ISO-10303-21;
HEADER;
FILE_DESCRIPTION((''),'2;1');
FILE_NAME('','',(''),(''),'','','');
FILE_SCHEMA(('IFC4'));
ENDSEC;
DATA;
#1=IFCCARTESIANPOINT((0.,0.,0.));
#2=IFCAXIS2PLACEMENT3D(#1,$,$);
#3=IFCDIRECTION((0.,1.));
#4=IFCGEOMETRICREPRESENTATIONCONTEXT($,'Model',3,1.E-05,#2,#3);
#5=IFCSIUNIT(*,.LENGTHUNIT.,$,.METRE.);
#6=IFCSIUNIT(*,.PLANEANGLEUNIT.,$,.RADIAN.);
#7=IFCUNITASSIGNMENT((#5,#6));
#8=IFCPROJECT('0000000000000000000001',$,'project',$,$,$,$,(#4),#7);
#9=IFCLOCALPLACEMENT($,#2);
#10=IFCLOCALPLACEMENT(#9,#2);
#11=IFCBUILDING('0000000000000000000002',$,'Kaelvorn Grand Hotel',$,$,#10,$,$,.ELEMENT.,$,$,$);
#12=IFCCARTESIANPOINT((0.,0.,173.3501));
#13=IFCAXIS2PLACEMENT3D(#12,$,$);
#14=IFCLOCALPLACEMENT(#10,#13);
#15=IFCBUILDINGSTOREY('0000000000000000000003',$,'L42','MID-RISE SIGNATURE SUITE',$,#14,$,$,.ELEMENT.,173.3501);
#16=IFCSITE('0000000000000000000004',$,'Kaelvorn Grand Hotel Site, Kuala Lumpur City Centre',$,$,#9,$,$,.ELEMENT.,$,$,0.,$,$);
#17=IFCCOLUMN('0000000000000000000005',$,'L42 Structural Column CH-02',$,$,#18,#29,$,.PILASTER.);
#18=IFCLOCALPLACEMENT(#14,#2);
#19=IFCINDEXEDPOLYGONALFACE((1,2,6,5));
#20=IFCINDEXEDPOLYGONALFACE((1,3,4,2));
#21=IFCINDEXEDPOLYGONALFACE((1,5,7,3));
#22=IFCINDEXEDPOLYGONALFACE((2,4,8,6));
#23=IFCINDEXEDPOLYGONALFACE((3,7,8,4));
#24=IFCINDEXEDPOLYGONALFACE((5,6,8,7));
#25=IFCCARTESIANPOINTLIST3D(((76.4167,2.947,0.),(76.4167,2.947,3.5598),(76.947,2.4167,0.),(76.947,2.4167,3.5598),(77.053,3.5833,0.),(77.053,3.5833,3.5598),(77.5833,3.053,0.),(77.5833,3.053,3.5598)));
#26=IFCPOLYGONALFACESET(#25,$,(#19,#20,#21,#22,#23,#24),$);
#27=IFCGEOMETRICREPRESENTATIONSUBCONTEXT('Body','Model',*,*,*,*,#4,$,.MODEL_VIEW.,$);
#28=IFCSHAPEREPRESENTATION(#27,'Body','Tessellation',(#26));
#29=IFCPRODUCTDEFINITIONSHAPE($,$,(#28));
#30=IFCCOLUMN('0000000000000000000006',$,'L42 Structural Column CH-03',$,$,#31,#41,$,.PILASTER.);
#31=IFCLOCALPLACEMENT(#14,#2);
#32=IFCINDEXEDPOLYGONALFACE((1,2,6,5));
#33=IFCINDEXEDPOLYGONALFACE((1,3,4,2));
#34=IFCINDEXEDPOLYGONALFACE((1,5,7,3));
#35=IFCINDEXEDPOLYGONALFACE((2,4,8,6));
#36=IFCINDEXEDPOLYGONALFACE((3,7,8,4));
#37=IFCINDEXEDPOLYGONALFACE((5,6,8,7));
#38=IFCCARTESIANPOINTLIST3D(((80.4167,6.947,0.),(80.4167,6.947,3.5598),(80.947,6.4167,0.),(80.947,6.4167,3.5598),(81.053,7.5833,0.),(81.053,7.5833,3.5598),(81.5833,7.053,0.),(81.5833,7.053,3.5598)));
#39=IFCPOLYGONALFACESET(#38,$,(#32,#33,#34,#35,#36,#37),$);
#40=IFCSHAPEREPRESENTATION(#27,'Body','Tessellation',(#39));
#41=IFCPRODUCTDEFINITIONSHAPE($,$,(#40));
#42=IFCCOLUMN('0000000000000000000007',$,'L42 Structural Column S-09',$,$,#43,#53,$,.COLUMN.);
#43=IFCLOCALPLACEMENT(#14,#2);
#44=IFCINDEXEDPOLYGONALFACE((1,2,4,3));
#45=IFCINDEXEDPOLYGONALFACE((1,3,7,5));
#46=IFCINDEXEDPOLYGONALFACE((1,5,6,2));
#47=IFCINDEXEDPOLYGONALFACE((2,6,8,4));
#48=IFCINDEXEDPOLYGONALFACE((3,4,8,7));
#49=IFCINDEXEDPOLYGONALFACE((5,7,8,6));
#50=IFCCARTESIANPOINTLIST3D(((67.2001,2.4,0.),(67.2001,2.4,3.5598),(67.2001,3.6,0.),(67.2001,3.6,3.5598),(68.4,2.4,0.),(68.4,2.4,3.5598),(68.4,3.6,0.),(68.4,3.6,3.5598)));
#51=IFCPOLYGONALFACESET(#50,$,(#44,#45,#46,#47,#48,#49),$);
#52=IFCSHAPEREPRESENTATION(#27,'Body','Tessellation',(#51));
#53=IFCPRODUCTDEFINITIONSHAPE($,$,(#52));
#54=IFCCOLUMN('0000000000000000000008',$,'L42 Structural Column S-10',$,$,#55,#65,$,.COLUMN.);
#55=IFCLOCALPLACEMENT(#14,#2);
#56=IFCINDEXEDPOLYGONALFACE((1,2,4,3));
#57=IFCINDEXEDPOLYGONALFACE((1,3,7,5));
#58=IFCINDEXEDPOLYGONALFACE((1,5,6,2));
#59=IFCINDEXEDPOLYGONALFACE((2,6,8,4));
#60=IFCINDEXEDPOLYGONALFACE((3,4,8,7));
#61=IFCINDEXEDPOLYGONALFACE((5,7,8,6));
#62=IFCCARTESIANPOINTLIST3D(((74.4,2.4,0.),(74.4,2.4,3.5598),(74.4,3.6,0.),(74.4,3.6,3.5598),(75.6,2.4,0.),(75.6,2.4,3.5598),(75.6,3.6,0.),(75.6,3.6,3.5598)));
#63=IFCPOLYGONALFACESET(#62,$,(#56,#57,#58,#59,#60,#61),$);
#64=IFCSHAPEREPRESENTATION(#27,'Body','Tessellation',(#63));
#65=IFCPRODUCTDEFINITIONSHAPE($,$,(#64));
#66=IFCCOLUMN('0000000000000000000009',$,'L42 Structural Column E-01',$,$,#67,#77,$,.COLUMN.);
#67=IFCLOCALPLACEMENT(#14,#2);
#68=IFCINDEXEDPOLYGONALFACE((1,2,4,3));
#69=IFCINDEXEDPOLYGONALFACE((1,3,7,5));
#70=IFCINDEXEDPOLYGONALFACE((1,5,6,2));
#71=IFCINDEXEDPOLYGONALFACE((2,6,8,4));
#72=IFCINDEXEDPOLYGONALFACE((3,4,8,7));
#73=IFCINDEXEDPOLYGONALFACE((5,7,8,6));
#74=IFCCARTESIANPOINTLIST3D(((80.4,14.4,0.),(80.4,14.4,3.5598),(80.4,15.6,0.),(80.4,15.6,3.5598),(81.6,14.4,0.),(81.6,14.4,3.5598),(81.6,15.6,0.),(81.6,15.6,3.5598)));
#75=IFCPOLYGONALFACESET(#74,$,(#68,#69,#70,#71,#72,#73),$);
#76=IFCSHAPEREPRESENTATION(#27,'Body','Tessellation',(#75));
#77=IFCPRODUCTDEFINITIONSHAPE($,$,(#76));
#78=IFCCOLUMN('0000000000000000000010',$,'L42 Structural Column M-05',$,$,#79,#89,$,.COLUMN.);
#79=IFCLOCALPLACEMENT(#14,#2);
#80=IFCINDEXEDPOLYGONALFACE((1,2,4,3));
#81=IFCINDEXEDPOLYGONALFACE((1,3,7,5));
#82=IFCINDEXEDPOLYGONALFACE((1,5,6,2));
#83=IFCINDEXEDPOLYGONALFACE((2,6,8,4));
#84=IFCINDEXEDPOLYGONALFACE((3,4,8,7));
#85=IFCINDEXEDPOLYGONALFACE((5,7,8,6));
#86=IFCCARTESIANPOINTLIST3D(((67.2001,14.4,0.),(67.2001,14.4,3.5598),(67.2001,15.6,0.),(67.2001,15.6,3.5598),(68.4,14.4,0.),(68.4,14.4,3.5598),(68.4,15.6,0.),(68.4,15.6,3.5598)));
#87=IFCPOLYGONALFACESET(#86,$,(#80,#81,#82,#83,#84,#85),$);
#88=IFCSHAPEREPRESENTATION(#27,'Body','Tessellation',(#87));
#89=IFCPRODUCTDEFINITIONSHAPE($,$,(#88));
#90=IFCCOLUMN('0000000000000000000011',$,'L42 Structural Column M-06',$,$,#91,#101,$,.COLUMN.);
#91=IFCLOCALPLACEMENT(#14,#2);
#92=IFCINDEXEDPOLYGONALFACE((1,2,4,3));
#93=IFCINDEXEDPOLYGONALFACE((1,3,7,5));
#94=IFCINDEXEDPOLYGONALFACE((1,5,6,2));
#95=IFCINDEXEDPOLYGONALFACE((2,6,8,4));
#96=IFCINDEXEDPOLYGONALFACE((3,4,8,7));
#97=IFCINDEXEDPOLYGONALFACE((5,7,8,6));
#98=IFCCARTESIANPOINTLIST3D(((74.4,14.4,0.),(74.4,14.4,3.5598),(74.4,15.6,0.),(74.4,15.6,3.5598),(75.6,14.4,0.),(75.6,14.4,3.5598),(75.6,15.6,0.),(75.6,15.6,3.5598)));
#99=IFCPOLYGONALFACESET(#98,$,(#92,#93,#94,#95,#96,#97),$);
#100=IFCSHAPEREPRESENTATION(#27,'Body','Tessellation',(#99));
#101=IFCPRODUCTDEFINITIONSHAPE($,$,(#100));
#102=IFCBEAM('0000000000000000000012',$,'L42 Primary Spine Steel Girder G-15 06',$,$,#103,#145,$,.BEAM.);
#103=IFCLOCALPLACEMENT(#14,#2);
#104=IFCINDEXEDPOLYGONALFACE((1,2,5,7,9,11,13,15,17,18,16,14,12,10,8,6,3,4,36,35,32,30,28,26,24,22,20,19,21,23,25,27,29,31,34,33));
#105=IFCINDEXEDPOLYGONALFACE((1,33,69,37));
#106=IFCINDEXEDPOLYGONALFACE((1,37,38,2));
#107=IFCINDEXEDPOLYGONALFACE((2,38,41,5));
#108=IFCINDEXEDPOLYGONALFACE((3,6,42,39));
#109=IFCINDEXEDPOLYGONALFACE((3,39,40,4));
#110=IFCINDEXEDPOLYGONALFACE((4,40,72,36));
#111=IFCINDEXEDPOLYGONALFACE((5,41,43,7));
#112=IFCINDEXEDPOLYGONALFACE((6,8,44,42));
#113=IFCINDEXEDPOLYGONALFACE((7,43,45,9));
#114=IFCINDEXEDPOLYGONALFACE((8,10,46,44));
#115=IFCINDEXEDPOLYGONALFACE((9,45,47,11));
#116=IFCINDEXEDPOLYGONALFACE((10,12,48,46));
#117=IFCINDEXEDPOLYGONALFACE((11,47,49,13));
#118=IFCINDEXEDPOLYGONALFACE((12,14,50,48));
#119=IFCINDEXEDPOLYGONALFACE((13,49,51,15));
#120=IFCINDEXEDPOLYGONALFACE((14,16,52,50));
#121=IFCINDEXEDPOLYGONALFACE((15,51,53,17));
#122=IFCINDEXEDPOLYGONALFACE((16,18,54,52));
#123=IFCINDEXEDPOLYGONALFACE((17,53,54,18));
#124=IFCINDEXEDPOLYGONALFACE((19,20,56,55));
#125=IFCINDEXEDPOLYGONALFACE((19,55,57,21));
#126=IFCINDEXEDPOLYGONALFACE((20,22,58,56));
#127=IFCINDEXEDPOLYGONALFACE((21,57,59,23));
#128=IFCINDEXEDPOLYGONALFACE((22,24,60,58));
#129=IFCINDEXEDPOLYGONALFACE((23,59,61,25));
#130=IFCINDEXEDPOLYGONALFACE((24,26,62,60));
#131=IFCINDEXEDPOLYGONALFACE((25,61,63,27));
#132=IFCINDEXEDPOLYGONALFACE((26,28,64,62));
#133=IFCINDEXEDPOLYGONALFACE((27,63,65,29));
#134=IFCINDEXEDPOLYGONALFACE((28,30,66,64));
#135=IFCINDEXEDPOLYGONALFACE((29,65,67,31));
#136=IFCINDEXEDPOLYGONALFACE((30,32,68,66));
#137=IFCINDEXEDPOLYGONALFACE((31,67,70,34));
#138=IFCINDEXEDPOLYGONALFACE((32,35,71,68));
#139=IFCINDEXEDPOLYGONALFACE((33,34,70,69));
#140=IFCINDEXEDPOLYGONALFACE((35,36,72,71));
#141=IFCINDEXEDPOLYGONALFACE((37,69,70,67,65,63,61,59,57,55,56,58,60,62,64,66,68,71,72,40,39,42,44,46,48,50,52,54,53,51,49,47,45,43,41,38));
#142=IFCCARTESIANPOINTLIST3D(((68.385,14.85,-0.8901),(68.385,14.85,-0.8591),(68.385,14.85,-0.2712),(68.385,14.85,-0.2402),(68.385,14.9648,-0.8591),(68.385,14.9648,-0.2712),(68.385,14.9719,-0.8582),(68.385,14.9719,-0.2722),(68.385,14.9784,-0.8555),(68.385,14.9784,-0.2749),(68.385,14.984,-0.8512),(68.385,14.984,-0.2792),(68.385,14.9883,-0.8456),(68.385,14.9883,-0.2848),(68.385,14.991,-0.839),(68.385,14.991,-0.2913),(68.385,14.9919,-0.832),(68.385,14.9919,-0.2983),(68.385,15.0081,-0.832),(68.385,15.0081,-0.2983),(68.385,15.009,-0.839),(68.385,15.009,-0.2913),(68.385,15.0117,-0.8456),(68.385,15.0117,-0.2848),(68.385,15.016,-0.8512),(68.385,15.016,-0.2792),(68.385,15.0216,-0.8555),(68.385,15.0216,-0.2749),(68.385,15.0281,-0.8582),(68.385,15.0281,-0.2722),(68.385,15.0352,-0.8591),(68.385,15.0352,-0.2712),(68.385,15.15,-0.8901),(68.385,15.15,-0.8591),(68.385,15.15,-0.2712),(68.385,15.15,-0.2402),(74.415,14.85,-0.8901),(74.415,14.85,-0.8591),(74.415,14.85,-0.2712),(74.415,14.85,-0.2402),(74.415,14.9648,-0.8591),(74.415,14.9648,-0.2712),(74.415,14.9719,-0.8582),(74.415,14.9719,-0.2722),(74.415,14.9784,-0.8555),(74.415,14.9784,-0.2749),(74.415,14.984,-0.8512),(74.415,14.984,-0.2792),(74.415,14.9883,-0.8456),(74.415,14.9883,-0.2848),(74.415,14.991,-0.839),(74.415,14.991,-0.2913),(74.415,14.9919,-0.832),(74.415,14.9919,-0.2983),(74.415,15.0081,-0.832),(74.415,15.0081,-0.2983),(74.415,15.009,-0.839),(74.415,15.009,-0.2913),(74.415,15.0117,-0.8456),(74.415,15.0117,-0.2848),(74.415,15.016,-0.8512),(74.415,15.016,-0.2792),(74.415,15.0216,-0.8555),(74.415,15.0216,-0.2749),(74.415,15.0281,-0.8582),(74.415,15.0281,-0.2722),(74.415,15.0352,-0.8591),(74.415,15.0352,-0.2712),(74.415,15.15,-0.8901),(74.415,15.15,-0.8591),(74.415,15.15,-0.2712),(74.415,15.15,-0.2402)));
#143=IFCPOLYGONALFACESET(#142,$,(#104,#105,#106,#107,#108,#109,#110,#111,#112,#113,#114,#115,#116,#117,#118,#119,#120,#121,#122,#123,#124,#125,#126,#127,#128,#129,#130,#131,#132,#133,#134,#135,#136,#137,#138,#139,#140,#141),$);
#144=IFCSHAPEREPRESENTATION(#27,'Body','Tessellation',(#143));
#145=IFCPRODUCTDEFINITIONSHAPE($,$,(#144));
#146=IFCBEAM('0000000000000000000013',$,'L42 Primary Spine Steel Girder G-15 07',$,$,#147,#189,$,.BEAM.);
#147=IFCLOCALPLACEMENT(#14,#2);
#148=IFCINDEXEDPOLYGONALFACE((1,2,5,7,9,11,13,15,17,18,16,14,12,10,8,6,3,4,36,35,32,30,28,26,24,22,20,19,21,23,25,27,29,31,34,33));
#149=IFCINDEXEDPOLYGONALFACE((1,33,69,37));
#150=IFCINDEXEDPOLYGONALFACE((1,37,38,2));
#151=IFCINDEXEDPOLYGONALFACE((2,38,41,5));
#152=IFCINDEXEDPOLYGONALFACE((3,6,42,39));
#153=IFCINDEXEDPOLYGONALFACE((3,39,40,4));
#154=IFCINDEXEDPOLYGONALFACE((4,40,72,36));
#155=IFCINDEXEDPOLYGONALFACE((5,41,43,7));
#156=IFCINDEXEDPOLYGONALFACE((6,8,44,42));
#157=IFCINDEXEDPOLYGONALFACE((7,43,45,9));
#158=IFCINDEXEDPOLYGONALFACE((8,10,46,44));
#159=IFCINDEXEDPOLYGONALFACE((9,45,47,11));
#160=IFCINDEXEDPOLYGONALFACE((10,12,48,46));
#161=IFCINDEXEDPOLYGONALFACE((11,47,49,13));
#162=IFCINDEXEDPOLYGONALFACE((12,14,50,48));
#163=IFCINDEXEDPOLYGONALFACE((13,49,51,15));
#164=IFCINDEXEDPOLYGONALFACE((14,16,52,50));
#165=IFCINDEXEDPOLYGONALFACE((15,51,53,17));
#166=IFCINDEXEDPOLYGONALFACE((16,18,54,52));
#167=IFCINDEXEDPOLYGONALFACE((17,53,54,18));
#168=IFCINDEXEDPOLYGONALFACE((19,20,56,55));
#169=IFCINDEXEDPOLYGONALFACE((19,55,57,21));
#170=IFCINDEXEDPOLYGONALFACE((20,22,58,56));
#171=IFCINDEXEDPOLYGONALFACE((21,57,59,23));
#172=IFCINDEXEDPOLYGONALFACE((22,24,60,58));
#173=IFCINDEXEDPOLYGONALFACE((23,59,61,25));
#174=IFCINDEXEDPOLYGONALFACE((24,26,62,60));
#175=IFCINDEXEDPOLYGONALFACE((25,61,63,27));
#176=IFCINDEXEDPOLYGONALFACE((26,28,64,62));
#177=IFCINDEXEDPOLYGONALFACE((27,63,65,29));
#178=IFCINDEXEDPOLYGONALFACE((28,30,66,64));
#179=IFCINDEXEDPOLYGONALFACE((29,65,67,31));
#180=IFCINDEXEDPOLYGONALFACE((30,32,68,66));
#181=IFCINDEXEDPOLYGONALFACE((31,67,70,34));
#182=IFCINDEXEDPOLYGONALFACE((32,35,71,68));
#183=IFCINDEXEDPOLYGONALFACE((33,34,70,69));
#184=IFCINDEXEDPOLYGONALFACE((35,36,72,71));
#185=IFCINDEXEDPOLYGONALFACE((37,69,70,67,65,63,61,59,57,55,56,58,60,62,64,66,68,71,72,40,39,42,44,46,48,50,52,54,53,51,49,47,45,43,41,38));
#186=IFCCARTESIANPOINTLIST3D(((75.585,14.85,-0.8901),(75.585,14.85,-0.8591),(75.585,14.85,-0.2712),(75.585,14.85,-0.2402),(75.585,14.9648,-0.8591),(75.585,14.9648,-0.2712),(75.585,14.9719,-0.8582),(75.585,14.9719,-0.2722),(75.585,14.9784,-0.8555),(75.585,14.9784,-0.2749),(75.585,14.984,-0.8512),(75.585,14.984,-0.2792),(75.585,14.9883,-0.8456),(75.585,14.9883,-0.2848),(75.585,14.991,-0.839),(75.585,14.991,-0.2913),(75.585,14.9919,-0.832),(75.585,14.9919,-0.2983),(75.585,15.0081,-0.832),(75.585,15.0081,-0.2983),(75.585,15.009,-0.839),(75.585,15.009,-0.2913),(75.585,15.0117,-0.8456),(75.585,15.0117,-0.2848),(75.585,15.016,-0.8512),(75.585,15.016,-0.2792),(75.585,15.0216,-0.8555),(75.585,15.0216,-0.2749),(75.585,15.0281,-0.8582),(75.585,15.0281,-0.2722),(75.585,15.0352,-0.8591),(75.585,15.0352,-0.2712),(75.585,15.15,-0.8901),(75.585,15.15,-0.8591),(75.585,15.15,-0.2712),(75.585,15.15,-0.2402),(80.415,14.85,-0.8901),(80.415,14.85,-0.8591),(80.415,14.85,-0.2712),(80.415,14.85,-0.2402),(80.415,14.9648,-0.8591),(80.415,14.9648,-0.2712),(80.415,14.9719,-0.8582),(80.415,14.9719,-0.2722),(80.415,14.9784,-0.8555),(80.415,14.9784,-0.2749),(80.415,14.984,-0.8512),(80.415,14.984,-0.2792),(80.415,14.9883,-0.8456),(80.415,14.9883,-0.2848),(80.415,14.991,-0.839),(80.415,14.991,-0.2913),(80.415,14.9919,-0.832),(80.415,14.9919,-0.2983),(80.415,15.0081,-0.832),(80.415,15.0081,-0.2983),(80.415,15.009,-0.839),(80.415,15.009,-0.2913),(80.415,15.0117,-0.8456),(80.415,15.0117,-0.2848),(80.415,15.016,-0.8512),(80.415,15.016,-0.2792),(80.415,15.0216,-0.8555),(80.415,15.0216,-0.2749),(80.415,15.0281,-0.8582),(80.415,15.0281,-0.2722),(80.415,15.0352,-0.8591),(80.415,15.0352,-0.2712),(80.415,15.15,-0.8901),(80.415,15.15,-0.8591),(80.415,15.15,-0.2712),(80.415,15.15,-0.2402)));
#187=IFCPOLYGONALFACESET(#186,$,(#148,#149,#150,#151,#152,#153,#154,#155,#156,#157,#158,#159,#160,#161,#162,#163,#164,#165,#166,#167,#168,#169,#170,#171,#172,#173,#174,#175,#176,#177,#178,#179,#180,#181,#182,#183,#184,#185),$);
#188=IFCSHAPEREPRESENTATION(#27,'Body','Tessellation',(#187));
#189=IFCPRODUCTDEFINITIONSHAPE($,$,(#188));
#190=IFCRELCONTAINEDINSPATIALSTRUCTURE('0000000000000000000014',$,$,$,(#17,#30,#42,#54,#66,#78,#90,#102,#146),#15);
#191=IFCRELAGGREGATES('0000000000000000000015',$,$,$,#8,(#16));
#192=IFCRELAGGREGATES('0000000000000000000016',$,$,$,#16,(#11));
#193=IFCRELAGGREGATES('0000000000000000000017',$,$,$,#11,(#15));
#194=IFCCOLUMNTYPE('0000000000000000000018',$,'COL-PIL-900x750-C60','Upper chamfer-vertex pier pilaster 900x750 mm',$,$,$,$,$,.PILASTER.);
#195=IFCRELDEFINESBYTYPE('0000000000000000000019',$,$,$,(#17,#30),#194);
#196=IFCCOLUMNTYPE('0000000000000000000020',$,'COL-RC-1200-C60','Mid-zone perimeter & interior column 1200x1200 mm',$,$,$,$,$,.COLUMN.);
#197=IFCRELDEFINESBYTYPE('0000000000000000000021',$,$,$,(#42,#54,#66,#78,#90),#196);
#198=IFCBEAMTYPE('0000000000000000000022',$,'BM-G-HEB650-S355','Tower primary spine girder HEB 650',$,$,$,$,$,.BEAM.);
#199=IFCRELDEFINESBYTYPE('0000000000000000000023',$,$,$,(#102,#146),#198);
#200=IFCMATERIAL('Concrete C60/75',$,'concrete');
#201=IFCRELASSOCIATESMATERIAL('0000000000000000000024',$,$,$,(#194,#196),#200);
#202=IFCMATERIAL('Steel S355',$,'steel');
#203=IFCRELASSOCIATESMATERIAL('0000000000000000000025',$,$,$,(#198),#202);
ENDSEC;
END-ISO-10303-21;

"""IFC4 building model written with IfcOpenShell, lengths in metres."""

from ifc_helpers import new_model, si_unit, direction, frame, origin, origin_2d, place, context, subcontext, project, spatial, rectangle, i_section, extrude, material, material_profile, profile_set, type_object, element, save


model = new_model("IFC4")

# Units and contexts
model_context = context("Model", 3, precision=1e-05, world=origin(), true_north=direction((0.0, 1.0)))
body_context = subcontext(model_context, "Body", "Model", "MODEL_VIEW")
ifc_project = project(units=[si_unit("LENGTHUNIT", "METRE"), si_unit("PLANEANGLEUNIT", "RADIAN")], contexts=[model_context])

# Site, building, storey
site_placement = place(None, origin())
site = spatial("IfcSite", under=ifc_project, at=site_placement, Name="Kaelvorn Grand Hotel Site, Kuala Lumpur City Centre", CompositionType="ELEMENT", RefElevation=0.0)
building_placement = place(site_placement, origin())
building = spatial("IfcBuilding", under=site, at=building_placement, Name="Kaelvorn Grand Hotel", CompositionType="ELEMENT")
storey_placement = place(building_placement, frame((0.0, 0.0, 173.3501)))
storey = spatial("IfcBuildingStorey", under=building, at=storey_placement, Name="L42", Description="MID-RISE SIGNATURE SUITE", CompositionType="ELEMENT", Elevation=173.3501)

# Columns
ifc_material_1 = material(Name="Concrete C60/75", Category="concrete")
ifc_material_profile_1 = material_profile(ifc_material_1, rectangle(XDim=0.8999, YDim=0.75, at=origin_2d()), Name="RC PILASTER 900x750")
ifc_profile_set_1 = profile_set([ifc_material_profile_1], Name="Concrete C60/75")
column_type_1 = type_object("IfcColumnType", Name="COL-PIL-900x750-C60", Description="Upper chamfer-vertex pier pilaster 900x750 mm", PredefinedType="PILASTER", material=ifc_profile_set_1)
for number, where, z_axis, x_axis, name in (
    (1, (77.0, 3.0, 0.0), (0.0, 0.0, 1.0), (0.707107, 0.707107, 0.0), "L42 Structural Column CH-02"),
    (2, (81.0, 7.0, 0.0), (0.0, 0.0, 1.0), (0.707107, 0.707107, 0.0), "L42 Structural Column CH-03"),
):
    element("IfcColumn", number, at=place(storey_placement, frame(where, z_axis=z_axis, x_axis=x_axis)), inside=storey, type_object=column_type_1, Name=name, PredefinedType="PILASTER", context=body_context, shape_type="SweptSolid", body=[
        extrude(rectangle(XDim=0.8999, YDim=0.75, at=origin_2d()), origin(), (0.0, 0.0, 1.0), 3.5598),
    ])
ifc_material_profile_2 = material_profile(ifc_material_1, rectangle(XDim=1.2, YDim=1.2, at=origin_2d()), Name="RC COL 1200x1200")
ifc_profile_set_2 = profile_set([ifc_material_profile_2], Name="Concrete C60/75")
column_type_2 = type_object("IfcColumnType", Name="COL-RC-1200-C60", Description="Mid-zone perimeter & interior column 1200x1200 mm", PredefinedType="COLUMN", material=ifc_profile_set_2)
for number, where, z_axis, x_axis, name in (
    (3, (67.8, 3.0, 0.0), (0.0, 0.0, 1.0), (1.0, 0.0, 0.0), "L42 Structural Column S-09"),
    (4, (75.0, 3.0, 0.0), (0.0, 0.0, 1.0), (1.0, 0.0, 0.0), "L42 Structural Column S-10"),
    (5, (81.0, 15.0, 0.0), (0.0, 0.0, 1.0), (1.0, 0.0, 0.0), "L42 Structural Column E-01"),
    (6, (67.8, 15.0, 0.0), (0.0, 0.0, 1.0), (1.0, 0.0, 0.0), "L42 Structural Column M-05"),
    (7, (75.0, 15.0, 0.0), (0.0, 0.0, 1.0), (1.0, 0.0, 0.0), "L42 Structural Column M-06"),
):
    element("IfcColumn", number, at=place(storey_placement, frame(where, z_axis=z_axis, x_axis=x_axis)), inside=storey, type_object=column_type_2, Name=name, PredefinedType="COLUMN", context=body_context, shape_type="SweptSolid", body=[
        extrude(rectangle(XDim=1.2, YDim=1.2, at=origin_2d()), origin(), (0.0, 0.0, 1.0), 3.5598),
    ])

# Beams
ifc_material_2 = material(Name="Steel S355", Category="steel")
ifc_material_profile_3 = material_profile(ifc_material_2, i_section(OverallWidth=0.3, OverallDepth=0.6499, WebThickness=0.0161, FlangeThickness=0.031, FilletRadius=0.0271, at=origin_2d()), Name="HEB 650")
ifc_profile_set_3 = profile_set([ifc_material_profile_3], Name="Steel S355")
beam_type_1 = type_object("IfcBeamType", Name="BM-G-HEB650-S355", Description="Tower primary spine girder HEB 650", PredefinedType="BEAM", material=ifc_profile_set_3)
beam_1_placement = place(storey_placement, frame((68.385, 15.0, -0.5652), z_axis=(1.0, 0.0, 0.0), x_axis=(0.0, 1.0, 0.0)))
element("IfcBeam", 8, at=beam_1_placement, inside=storey, type_object=beam_type_1, Name="L42 Primary Spine Steel Girder G-15 06", PredefinedType="BEAM", context=body_context, shape_type="SweptSolid", body=[
    extrude(i_section(OverallWidth=0.3, OverallDepth=0.6499, WebThickness=0.0161, FlangeThickness=0.031, FilletRadius=0.0271, at=origin_2d()), origin(), (0.0, 0.0, 1.0), 6.03),
])
beam_2_placement = place(storey_placement, frame((75.585, 15.0, -0.5652), z_axis=(1.0, 0.0, 0.0), x_axis=(0.0, 1.0, 0.0)))
element("IfcBeam", 9, at=beam_2_placement, inside=storey, type_object=beam_type_1, Name="L42 Primary Spine Steel Girder G-15 07", PredefinedType="BEAM", context=body_context, shape_type="SweptSolid", body=[
    extrude(i_section(OverallWidth=0.3, OverallDepth=0.6499, WebThickness=0.0161, FlangeThickness=0.031, FilletRadius=0.0271, at=origin_2d()), origin(), (0.0, 0.0, 1.0), 4.8301),
])

save(model, "model.ifc")
